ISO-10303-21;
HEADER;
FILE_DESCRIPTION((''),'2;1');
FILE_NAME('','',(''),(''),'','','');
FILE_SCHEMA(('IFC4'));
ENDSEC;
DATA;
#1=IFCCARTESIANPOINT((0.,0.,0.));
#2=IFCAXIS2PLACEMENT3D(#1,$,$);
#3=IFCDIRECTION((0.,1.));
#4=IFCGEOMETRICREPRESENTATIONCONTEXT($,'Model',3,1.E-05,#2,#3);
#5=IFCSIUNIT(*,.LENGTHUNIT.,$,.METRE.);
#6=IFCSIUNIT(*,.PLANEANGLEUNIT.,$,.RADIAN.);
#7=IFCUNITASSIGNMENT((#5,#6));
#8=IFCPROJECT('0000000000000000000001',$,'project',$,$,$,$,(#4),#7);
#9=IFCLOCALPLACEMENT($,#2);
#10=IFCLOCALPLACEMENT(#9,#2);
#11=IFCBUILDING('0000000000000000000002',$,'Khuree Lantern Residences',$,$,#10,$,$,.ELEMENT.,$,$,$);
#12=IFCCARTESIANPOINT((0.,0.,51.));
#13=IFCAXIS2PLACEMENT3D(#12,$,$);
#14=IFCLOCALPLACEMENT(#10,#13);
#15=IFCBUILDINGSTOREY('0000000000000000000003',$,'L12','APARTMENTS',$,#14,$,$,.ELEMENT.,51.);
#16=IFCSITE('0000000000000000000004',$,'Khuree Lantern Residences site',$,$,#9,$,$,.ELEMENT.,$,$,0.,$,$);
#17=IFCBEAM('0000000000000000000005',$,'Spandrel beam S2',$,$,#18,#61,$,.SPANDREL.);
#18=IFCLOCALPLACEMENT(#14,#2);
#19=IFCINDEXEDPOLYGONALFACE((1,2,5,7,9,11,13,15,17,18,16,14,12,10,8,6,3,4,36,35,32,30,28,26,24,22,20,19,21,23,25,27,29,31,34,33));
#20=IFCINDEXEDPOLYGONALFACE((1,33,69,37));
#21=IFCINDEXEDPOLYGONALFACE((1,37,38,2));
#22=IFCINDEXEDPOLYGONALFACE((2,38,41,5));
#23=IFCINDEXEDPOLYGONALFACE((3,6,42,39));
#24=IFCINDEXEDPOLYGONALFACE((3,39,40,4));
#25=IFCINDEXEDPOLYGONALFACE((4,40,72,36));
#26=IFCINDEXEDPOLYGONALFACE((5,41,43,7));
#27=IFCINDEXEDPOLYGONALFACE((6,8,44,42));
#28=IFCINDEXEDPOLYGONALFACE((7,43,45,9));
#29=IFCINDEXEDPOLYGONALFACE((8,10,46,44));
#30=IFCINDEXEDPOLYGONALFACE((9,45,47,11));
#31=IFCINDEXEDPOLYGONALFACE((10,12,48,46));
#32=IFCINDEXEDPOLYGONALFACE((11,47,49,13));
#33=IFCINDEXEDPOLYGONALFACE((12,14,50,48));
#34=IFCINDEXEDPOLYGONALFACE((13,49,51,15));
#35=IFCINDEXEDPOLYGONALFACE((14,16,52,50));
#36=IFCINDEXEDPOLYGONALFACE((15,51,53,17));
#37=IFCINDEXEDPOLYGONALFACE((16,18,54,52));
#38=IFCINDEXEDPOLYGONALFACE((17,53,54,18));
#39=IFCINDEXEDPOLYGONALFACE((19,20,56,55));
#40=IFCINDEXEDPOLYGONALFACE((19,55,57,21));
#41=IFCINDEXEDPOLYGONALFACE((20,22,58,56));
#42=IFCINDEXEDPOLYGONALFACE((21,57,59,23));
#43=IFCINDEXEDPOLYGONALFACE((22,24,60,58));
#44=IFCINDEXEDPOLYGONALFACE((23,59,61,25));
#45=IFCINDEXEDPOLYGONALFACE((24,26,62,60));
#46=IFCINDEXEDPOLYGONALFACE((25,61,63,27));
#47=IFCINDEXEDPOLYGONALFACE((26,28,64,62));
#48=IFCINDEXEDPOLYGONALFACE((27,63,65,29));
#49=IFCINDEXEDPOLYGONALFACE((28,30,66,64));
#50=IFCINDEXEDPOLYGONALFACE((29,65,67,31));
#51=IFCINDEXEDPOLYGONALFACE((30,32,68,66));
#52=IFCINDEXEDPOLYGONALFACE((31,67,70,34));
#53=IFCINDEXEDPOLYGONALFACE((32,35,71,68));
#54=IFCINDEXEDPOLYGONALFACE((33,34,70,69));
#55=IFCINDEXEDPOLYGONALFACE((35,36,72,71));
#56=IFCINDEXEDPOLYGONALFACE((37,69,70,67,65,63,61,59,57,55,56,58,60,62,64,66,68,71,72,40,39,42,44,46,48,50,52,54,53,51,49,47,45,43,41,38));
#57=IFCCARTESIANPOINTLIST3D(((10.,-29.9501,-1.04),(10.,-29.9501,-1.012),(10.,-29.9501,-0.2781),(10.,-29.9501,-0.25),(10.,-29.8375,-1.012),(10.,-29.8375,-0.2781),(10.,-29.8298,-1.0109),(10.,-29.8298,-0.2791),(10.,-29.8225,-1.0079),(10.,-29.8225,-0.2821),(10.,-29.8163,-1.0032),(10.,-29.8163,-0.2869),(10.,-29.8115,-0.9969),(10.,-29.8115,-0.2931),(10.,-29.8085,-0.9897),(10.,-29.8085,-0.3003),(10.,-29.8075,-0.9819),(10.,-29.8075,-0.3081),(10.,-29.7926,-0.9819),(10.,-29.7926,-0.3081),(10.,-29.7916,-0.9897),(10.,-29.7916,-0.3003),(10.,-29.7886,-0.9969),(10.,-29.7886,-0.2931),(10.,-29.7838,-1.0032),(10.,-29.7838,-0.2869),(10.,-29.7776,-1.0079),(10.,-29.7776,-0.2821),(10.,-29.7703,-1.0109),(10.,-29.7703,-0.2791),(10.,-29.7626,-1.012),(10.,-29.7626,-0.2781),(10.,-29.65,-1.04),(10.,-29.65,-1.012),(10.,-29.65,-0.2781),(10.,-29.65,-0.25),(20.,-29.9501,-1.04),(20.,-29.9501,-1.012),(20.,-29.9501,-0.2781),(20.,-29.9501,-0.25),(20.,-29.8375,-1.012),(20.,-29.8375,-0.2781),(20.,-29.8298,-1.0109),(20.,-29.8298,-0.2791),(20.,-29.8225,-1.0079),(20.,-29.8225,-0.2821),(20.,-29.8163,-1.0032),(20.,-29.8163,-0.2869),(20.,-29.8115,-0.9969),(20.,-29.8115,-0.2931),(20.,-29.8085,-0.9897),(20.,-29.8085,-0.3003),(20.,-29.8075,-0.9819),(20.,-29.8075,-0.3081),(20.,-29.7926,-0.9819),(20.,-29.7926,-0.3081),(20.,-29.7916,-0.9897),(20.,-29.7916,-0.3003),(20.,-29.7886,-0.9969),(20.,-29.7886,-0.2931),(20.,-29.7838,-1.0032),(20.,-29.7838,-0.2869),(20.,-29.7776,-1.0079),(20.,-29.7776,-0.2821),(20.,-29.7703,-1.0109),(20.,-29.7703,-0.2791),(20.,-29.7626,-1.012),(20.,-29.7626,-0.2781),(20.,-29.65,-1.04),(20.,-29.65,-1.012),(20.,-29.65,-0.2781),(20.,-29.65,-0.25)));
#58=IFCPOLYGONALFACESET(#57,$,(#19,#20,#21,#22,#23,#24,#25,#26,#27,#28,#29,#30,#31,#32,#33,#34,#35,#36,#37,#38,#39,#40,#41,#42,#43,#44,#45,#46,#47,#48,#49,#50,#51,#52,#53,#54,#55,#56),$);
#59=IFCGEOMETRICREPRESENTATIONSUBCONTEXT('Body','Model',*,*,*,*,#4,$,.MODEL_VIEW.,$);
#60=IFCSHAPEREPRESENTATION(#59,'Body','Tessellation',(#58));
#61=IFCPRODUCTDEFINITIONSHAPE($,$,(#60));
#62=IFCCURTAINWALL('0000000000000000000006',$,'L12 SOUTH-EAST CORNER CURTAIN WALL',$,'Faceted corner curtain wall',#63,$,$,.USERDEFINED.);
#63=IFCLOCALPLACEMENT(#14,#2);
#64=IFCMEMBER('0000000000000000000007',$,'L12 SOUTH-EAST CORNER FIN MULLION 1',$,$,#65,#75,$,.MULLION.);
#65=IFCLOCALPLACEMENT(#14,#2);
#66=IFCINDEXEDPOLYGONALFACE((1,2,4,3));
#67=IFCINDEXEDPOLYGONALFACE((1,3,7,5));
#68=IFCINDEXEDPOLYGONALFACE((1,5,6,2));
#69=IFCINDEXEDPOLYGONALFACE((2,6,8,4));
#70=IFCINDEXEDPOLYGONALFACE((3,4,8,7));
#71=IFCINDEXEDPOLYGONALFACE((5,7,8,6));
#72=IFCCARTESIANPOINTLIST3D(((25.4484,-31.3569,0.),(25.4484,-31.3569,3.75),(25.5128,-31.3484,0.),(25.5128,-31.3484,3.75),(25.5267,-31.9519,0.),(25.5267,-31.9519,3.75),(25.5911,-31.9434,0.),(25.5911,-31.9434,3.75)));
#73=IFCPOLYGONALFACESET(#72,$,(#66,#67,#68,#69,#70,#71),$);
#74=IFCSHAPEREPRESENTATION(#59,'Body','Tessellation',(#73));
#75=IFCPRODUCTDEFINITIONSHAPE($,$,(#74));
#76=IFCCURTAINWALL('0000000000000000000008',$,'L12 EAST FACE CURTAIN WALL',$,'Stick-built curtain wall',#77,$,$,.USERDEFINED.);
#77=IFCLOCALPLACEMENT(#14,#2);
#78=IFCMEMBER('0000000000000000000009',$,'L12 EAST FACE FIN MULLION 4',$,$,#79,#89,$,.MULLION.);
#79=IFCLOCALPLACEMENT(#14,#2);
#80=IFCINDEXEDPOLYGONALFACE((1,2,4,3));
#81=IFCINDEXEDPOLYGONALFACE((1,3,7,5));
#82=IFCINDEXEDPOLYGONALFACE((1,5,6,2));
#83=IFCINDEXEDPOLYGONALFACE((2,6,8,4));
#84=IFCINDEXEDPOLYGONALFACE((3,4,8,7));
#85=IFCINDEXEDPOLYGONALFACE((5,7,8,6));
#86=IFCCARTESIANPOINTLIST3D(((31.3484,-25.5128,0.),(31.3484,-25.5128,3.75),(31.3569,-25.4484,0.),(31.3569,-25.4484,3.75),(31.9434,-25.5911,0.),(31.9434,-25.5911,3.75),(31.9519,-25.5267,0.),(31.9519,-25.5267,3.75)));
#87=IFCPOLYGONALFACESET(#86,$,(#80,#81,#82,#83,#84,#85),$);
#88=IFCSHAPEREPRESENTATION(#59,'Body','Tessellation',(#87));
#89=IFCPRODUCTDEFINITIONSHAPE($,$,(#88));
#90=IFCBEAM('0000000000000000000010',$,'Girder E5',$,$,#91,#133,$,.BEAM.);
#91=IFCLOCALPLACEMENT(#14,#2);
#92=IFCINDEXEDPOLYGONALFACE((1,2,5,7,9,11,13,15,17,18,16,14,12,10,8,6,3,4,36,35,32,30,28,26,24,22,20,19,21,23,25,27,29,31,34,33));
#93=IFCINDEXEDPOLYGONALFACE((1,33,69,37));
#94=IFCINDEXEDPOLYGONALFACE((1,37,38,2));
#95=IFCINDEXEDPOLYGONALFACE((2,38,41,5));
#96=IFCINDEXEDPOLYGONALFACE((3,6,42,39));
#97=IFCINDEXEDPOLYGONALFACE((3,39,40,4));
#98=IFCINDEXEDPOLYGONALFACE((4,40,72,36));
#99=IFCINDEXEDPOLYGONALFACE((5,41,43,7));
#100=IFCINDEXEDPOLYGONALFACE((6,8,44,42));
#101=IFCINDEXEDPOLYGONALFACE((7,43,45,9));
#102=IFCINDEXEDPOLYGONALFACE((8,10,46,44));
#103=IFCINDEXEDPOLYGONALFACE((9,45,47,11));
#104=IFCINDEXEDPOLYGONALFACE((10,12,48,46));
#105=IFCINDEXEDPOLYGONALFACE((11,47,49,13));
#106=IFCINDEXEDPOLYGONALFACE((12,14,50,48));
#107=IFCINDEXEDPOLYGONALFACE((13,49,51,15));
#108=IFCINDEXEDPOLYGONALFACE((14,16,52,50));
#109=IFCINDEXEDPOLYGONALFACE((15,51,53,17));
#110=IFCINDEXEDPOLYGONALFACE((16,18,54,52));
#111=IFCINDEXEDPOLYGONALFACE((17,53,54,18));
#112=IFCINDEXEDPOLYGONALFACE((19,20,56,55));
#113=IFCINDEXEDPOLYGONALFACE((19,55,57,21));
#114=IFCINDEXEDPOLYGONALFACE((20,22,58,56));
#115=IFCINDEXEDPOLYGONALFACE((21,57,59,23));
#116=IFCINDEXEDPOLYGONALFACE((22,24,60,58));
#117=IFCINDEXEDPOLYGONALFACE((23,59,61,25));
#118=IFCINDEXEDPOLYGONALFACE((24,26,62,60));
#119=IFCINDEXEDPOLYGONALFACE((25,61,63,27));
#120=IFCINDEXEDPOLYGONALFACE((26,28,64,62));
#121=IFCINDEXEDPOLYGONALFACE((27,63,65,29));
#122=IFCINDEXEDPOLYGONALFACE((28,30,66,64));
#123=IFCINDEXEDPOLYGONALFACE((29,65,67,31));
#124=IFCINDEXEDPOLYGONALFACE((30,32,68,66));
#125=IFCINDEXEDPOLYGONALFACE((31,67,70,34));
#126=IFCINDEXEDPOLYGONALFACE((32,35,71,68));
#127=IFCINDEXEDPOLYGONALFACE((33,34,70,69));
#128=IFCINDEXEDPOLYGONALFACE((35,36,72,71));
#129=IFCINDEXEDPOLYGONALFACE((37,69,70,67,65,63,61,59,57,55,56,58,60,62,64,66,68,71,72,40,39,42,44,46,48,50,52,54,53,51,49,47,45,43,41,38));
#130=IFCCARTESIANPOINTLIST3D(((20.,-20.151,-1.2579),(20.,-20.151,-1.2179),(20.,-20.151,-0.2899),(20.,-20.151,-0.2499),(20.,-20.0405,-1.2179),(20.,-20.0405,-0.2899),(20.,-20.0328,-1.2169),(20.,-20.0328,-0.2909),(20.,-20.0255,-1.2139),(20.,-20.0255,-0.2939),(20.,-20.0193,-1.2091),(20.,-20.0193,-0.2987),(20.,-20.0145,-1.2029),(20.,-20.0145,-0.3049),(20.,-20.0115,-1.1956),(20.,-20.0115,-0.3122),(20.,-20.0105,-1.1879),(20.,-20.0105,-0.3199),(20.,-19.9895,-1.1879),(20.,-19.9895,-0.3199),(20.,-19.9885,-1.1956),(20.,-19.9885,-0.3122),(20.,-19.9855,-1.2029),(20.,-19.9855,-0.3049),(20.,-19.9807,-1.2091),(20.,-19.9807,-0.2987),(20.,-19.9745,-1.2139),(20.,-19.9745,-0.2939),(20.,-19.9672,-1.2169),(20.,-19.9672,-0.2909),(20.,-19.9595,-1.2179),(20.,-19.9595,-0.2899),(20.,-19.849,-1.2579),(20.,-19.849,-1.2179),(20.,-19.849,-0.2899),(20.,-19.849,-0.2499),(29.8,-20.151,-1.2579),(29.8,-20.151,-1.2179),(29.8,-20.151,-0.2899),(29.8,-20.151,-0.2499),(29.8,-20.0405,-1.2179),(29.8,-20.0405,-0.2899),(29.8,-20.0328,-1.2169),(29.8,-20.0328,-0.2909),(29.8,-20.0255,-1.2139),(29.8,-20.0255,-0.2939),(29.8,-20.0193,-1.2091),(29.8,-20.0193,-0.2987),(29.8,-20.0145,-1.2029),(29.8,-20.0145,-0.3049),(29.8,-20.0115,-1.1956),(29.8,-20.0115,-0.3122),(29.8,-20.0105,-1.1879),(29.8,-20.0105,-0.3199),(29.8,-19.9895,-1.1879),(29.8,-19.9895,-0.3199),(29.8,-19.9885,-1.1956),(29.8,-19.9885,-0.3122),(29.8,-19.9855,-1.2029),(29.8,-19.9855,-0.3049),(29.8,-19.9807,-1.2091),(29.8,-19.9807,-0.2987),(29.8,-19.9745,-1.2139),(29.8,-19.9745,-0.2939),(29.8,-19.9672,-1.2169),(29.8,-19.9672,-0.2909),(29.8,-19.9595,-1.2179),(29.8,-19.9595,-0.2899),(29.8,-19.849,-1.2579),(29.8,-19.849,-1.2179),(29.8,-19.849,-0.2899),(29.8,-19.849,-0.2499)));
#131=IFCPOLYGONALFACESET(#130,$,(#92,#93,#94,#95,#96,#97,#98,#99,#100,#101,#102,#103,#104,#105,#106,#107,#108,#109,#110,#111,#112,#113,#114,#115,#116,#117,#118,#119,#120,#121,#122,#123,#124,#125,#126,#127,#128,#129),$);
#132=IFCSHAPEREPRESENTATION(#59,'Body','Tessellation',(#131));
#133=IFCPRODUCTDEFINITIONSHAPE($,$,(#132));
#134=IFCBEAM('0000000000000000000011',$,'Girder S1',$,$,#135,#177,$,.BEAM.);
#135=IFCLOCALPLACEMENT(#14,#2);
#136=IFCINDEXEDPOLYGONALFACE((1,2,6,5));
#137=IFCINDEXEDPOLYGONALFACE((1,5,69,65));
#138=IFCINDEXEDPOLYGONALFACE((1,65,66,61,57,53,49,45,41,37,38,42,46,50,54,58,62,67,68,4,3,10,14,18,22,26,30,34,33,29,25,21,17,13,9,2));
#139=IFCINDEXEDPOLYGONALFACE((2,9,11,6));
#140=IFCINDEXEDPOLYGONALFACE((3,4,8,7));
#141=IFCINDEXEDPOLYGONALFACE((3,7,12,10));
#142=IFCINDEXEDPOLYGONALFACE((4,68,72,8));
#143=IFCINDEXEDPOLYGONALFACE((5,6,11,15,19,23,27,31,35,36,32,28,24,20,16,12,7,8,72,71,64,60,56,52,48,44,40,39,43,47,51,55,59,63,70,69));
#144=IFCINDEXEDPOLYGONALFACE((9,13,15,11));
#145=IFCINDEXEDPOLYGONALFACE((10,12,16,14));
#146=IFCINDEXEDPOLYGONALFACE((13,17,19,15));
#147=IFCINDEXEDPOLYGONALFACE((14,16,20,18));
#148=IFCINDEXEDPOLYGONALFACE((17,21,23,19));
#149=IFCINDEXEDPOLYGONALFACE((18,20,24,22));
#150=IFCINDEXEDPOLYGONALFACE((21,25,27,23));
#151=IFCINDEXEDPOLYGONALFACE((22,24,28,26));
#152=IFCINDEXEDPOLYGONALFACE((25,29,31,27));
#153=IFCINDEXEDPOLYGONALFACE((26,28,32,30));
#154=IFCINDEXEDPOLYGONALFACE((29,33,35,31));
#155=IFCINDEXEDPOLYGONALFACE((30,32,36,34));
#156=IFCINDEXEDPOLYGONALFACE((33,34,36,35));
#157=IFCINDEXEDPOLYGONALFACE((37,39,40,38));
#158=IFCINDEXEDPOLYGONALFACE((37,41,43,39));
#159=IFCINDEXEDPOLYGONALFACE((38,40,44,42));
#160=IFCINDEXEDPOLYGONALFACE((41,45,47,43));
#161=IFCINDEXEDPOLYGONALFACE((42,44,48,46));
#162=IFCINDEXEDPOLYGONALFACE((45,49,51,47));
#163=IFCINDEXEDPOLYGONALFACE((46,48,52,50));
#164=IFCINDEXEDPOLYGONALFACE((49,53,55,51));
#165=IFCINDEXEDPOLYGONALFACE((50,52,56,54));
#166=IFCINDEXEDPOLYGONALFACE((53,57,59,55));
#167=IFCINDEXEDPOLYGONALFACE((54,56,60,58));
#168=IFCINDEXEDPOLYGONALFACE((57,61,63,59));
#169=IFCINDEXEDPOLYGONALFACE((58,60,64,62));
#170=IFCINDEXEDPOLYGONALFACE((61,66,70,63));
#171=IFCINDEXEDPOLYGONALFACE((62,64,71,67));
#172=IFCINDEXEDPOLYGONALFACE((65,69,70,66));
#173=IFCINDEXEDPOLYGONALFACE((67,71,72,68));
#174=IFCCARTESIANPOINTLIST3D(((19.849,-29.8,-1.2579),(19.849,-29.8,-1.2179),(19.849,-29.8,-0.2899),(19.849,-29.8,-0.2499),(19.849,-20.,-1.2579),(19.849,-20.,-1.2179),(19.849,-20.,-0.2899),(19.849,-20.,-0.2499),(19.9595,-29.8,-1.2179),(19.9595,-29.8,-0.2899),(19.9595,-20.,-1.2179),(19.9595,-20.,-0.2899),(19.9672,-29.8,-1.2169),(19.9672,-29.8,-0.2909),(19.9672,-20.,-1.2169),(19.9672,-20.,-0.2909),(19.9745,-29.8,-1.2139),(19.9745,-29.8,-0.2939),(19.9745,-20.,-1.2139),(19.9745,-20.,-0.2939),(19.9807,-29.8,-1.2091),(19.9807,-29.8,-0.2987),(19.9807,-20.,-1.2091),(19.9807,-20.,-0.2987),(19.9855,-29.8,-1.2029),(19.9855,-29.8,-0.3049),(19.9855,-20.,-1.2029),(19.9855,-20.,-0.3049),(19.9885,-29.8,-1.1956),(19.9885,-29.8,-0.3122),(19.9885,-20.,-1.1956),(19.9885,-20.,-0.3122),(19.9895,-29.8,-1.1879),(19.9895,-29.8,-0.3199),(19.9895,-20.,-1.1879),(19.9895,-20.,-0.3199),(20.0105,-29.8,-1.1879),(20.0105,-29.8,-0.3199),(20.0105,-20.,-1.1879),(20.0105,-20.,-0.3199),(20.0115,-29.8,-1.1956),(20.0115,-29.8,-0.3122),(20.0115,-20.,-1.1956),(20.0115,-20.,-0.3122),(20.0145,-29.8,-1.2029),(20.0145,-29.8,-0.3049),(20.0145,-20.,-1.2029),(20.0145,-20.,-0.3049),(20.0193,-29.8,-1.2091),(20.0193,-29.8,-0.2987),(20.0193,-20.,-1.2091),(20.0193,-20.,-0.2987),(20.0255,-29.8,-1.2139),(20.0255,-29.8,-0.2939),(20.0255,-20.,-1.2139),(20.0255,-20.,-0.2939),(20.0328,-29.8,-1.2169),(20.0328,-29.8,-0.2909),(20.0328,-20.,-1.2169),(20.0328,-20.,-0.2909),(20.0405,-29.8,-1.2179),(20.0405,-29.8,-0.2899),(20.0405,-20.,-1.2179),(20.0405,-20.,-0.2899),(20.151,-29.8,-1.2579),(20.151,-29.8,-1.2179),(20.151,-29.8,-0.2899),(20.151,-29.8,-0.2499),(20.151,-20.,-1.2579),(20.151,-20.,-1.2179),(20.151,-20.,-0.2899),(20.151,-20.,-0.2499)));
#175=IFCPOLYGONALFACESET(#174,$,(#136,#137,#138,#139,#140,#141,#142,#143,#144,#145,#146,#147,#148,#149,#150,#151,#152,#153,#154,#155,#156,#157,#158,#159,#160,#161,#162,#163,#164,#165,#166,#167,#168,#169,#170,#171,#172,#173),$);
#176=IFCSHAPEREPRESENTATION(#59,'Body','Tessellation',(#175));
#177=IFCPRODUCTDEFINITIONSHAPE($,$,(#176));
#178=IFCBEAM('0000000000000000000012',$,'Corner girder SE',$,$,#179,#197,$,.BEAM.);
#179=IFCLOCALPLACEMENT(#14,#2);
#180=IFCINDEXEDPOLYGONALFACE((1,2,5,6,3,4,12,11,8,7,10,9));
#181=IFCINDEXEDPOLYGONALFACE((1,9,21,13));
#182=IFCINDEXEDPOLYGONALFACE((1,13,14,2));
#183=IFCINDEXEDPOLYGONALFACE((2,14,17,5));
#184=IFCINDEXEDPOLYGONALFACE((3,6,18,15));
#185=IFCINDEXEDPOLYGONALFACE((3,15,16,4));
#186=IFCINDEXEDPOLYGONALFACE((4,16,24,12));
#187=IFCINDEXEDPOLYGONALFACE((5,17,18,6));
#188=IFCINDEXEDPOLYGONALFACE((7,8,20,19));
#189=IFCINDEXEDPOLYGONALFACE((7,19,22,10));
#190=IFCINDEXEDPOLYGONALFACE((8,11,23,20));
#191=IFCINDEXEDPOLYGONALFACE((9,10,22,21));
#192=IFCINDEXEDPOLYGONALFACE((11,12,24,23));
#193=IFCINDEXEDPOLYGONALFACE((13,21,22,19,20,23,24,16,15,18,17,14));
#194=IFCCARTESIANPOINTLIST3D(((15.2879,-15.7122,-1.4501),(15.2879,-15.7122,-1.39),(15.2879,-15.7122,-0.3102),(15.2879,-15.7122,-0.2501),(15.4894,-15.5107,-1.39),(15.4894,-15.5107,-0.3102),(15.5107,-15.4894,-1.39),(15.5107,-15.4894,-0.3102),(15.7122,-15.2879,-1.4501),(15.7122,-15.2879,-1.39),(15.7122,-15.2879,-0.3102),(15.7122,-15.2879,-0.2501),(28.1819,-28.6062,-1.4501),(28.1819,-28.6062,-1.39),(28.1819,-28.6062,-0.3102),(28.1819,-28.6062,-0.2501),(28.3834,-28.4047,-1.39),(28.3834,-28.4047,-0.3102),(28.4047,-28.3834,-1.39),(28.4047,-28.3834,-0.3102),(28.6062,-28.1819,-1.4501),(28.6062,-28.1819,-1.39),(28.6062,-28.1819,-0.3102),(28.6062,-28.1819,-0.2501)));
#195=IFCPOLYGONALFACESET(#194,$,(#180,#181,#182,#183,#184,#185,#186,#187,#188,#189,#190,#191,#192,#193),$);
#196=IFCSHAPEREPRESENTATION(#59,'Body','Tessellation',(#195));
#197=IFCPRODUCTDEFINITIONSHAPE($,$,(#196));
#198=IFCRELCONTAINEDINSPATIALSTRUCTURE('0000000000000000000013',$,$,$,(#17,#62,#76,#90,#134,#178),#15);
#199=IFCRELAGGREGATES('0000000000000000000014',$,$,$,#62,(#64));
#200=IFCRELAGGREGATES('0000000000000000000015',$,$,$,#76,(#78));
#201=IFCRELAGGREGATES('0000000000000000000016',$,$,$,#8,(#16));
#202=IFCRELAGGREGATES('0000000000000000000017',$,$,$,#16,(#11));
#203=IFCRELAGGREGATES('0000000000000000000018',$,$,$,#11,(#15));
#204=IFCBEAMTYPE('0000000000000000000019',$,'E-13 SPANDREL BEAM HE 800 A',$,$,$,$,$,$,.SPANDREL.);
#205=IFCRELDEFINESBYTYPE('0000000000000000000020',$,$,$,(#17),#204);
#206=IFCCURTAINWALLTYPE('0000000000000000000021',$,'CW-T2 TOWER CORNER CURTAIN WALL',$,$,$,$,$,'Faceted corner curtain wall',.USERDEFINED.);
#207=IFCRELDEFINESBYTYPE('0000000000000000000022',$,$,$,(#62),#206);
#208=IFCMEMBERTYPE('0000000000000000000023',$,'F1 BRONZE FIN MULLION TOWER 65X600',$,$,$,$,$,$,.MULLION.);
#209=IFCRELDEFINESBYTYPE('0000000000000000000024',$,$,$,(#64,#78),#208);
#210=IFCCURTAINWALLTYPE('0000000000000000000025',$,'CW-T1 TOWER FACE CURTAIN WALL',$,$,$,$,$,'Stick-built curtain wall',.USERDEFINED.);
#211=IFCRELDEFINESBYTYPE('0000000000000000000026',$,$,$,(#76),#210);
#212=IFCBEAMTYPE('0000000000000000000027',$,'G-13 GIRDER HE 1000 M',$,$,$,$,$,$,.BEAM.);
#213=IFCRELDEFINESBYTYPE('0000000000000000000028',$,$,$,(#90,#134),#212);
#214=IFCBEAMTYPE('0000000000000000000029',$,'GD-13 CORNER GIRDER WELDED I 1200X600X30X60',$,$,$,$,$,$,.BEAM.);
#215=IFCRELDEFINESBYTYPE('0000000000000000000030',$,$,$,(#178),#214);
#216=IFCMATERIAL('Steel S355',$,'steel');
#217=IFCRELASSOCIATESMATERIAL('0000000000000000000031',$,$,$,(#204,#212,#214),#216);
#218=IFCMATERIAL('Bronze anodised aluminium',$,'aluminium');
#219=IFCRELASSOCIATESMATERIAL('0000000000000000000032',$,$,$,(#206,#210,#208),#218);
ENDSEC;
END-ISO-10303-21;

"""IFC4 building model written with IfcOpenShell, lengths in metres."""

from ifc_helpers import new_model, si_unit, direction, frame, origin, origin_2d, place, context, subcontext, project, spatial, rectangle, i_section, extrude, material, material_profile, profile_set, type_object, element, aggregate, save


model = new_model("IFC4")

# Units and contexts
model_context = context("Model", 3, precision=1e-05, world=origin(), true_north=direction((0.0, 1.0)))
body_context = subcontext(model_context, "Body", "Model", "MODEL_VIEW")
ifc_project = project(units=[si_unit("LENGTHUNIT", "METRE"), si_unit("PLANEANGLEUNIT", "RADIAN")], contexts=[model_context])

# Site, building, storey
site_placement = place(None, origin())
site = spatial("IfcSite", under=ifc_project, at=site_placement, Name="Khuree Lantern Residences site", CompositionType="ELEMENT", RefElevation=0.0)
building_placement = place(site_placement, origin())
building = spatial("IfcBuilding", under=site, at=building_placement, Name="Khuree Lantern Residences", CompositionType="ELEMENT")
storey_placement = place(building_placement, frame((0.0, 0.0, 51.0)))
storey = spatial("IfcBuildingStorey", under=building, at=storey_placement, Name="L12", Description="APARTMENTS", CompositionType="ELEMENT", Elevation=51.0)

# Beam
ifc_material_1 = material(Name="Steel S355", Category="steel")
ifc_material_profile_1 = material_profile(ifc_material_1, i_section(OverallWidth=0.3, OverallDepth=0.79, WebThickness=0.0149, FlangeThickness=0.0281, FilletRadius=0.03, at=origin_2d()), Name="HE 800 A")
ifc_profile_set_1 = profile_set([ifc_material_profile_1], Name="Steel S355")
beam_type_1 = type_object("IfcBeamType", Name="E-13 SPANDREL BEAM HE 800 A", PredefinedType="SPANDREL", material=ifc_profile_set_1)
beam_1_placement = place(storey_placement, frame((20.0, -29.8, -0.645), z_axis=(-1.0, 0.0, 0.0), x_axis=(0.0, -1.0, 0.0)))
element("IfcBeam", 1, at=beam_1_placement, inside=storey, type_object=beam_type_1, Name="Spandrel beam S2", PredefinedType="SPANDREL", context=body_context, shape_type="SweptSolid", body=[
    extrude(i_section(OverallWidth=0.3, OverallDepth=0.79, WebThickness=0.0149, FlangeThickness=0.0281, FilletRadius=0.03, at=origin_2d()), origin(), (0.0, 0.0, 1.0), 10.0),
])

# Curtain walls, members
ifc_material_2 = material(Name="Bronze anodised aluminium", Category="aluminium")
curtain_wall_type_1 = type_object("IfcCurtainWallType", Name="CW-T2 TOWER CORNER CURTAIN WALL", ElementType="Faceted corner curtain wall", PredefinedType="USERDEFINED", material=ifc_material_2)
curtain_wall_1_placement = place(storey_placement, origin())
curtain_wall_1 = element("IfcCurtainWall", 2, at=curtain_wall_1_placement, inside=storey, type_object=curtain_wall_type_1, Name="L12 SOUTH-EAST CORNER CURTAIN WALL", ObjectType="Faceted corner curtain wall", PredefinedType="USERDEFINED")
ifc_material_profile_2 = material_profile(ifc_material_2, rectangle(XDim=0.0649, YDim=0.6001, at=origin_2d()), Name="F1 65X600")
ifc_profile_set_2 = profile_set([ifc_material_profile_2], Name="Bronze anodised aluminium")
member_type_1 = type_object("IfcMemberType", Name="F1 BRONZE FIN MULLION TOWER 65X600", PredefinedType="MULLION", material=ifc_profile_set_2)
member_1_placement = place(storey_placement, frame((25.5198, -31.6501, 0.0), z_axis=(0.0, 0.0, 1.0), x_axis=(0.991445, 0.130526, 0.0)))
member_1 = element("IfcMember", 3, at=member_1_placement, type_object=member_type_1, Name="L12 SOUTH-EAST CORNER FIN MULLION 1", PredefinedType="MULLION", context=body_context, shape_type="SweptSolid", body=[
    extrude(rectangle(XDim=0.0649, YDim=0.6001, at=origin_2d()), origin(), (0.0, 0.0, 1.0), 3.75),
])
curtain_wall_type_2 = type_object("IfcCurtainWallType", Name="CW-T1 TOWER FACE CURTAIN WALL", ElementType="Stick-built curtain wall", PredefinedType="USERDEFINED", material=ifc_material_2)
curtain_wall_2_placement = place(storey_placement, origin())
curtain_wall_2 = element("IfcCurtainWall", 4, at=curtain_wall_2_placement, inside=storey, type_object=curtain_wall_type_2, Name="L12 EAST FACE CURTAIN WALL", ObjectType="Stick-built curtain wall", PredefinedType="USERDEFINED")
member_2_placement = place(storey_placement, frame((31.6501, -25.5198, 0.0), z_axis=(0.0, 0.0, 1.0), x_axis=(0.130526, 0.991445, 0.0)))
member_2 = element("IfcMember", 5, at=member_2_placement, type_object=member_type_1, Name="L12 EAST FACE FIN MULLION 4", PredefinedType="MULLION", context=body_context, shape_type="SweptSolid", body=[
    extrude(rectangle(XDim=0.0649, YDim=0.6001, at=origin_2d()), origin(), (0.0, 0.0, 1.0), 3.75),
])

# Beams
ifc_material_profile_3 = material_profile(ifc_material_1, i_section(OverallWidth=0.302, OverallDepth=1.0081, WebThickness=0.021, FlangeThickness=0.04, FilletRadius=0.03, at=origin_2d()), Name="HE 1000 M")
ifc_profile_set_3 = profile_set([ifc_material_profile_3], Name="Steel S355")
beam_type_2 = type_object("IfcBeamType", Name="G-13 GIRDER HE 1000 M", PredefinedType="BEAM", material=ifc_profile_set_3)
for number, where, z_axis, x_axis, name in (
    (6, (29.8, -20.0, -0.7539), (-1.0, 0.0, 0.0), (0.0, -1.0, 0.0), "Girder E5"),
    (7, (20.0, -29.8, -0.7539), (0.0, 1.0, 0.0), (-1.0, 0.0, 0.0), "Girder S1"),
):
    element("IfcBeam", number, at=place(storey_placement, frame(where, z_axis=z_axis, x_axis=x_axis)), inside=storey, type_object=beam_type_2, Name=name, PredefinedType="BEAM", context=body_context, shape_type="SweptSolid", body=[
        extrude(i_section(OverallWidth=0.302, OverallDepth=1.0081, WebThickness=0.021, FlangeThickness=0.04, FilletRadius=0.03, at=origin_2d()), origin(), (0.0, 0.0, 1.0), 9.8),
    ])
ifc_material_profile_4 = material_profile(ifc_material_1, i_section(OverallWidth=0.6001, OverallDepth=1.2, WebThickness=0.03, FlangeThickness=0.0601, at=origin_2d()), Name="WELDED I 1200X600X30X60")
ifc_profile_set_4 = profile_set([ifc_material_profile_4], Name="Steel S355")
beam_type_3 = type_object("IfcBeamType", Name="GD-13 CORNER GIRDER WELDED I 1200X600X30X60", PredefinedType="BEAM", material=ifc_profile_set_4)
beam_2_placement = place(storey_placement, frame((28.394, -28.394, -0.8501), z_axis=(-0.707107, 0.707107, 0.0), x_axis=(-0.707107, -0.707107, 0.0)))
element("IfcBeam", 8, at=beam_2_placement, inside=storey, type_object=beam_type_3, Name="Corner girder SE", PredefinedType="BEAM", context=body_context, shape_type="SweptSolid", body=[
    extrude(i_section(OverallWidth=0.6001, OverallDepth=1.2, WebThickness=0.03, FlangeThickness=0.0601, at=origin_2d()), origin(), (0.0, 0.0, 1.0), 18.2349),
])

aggregate(curtain_wall_1, [member_1])
aggregate(curtain_wall_2, [member_2])

save(model, "model.ifc")
